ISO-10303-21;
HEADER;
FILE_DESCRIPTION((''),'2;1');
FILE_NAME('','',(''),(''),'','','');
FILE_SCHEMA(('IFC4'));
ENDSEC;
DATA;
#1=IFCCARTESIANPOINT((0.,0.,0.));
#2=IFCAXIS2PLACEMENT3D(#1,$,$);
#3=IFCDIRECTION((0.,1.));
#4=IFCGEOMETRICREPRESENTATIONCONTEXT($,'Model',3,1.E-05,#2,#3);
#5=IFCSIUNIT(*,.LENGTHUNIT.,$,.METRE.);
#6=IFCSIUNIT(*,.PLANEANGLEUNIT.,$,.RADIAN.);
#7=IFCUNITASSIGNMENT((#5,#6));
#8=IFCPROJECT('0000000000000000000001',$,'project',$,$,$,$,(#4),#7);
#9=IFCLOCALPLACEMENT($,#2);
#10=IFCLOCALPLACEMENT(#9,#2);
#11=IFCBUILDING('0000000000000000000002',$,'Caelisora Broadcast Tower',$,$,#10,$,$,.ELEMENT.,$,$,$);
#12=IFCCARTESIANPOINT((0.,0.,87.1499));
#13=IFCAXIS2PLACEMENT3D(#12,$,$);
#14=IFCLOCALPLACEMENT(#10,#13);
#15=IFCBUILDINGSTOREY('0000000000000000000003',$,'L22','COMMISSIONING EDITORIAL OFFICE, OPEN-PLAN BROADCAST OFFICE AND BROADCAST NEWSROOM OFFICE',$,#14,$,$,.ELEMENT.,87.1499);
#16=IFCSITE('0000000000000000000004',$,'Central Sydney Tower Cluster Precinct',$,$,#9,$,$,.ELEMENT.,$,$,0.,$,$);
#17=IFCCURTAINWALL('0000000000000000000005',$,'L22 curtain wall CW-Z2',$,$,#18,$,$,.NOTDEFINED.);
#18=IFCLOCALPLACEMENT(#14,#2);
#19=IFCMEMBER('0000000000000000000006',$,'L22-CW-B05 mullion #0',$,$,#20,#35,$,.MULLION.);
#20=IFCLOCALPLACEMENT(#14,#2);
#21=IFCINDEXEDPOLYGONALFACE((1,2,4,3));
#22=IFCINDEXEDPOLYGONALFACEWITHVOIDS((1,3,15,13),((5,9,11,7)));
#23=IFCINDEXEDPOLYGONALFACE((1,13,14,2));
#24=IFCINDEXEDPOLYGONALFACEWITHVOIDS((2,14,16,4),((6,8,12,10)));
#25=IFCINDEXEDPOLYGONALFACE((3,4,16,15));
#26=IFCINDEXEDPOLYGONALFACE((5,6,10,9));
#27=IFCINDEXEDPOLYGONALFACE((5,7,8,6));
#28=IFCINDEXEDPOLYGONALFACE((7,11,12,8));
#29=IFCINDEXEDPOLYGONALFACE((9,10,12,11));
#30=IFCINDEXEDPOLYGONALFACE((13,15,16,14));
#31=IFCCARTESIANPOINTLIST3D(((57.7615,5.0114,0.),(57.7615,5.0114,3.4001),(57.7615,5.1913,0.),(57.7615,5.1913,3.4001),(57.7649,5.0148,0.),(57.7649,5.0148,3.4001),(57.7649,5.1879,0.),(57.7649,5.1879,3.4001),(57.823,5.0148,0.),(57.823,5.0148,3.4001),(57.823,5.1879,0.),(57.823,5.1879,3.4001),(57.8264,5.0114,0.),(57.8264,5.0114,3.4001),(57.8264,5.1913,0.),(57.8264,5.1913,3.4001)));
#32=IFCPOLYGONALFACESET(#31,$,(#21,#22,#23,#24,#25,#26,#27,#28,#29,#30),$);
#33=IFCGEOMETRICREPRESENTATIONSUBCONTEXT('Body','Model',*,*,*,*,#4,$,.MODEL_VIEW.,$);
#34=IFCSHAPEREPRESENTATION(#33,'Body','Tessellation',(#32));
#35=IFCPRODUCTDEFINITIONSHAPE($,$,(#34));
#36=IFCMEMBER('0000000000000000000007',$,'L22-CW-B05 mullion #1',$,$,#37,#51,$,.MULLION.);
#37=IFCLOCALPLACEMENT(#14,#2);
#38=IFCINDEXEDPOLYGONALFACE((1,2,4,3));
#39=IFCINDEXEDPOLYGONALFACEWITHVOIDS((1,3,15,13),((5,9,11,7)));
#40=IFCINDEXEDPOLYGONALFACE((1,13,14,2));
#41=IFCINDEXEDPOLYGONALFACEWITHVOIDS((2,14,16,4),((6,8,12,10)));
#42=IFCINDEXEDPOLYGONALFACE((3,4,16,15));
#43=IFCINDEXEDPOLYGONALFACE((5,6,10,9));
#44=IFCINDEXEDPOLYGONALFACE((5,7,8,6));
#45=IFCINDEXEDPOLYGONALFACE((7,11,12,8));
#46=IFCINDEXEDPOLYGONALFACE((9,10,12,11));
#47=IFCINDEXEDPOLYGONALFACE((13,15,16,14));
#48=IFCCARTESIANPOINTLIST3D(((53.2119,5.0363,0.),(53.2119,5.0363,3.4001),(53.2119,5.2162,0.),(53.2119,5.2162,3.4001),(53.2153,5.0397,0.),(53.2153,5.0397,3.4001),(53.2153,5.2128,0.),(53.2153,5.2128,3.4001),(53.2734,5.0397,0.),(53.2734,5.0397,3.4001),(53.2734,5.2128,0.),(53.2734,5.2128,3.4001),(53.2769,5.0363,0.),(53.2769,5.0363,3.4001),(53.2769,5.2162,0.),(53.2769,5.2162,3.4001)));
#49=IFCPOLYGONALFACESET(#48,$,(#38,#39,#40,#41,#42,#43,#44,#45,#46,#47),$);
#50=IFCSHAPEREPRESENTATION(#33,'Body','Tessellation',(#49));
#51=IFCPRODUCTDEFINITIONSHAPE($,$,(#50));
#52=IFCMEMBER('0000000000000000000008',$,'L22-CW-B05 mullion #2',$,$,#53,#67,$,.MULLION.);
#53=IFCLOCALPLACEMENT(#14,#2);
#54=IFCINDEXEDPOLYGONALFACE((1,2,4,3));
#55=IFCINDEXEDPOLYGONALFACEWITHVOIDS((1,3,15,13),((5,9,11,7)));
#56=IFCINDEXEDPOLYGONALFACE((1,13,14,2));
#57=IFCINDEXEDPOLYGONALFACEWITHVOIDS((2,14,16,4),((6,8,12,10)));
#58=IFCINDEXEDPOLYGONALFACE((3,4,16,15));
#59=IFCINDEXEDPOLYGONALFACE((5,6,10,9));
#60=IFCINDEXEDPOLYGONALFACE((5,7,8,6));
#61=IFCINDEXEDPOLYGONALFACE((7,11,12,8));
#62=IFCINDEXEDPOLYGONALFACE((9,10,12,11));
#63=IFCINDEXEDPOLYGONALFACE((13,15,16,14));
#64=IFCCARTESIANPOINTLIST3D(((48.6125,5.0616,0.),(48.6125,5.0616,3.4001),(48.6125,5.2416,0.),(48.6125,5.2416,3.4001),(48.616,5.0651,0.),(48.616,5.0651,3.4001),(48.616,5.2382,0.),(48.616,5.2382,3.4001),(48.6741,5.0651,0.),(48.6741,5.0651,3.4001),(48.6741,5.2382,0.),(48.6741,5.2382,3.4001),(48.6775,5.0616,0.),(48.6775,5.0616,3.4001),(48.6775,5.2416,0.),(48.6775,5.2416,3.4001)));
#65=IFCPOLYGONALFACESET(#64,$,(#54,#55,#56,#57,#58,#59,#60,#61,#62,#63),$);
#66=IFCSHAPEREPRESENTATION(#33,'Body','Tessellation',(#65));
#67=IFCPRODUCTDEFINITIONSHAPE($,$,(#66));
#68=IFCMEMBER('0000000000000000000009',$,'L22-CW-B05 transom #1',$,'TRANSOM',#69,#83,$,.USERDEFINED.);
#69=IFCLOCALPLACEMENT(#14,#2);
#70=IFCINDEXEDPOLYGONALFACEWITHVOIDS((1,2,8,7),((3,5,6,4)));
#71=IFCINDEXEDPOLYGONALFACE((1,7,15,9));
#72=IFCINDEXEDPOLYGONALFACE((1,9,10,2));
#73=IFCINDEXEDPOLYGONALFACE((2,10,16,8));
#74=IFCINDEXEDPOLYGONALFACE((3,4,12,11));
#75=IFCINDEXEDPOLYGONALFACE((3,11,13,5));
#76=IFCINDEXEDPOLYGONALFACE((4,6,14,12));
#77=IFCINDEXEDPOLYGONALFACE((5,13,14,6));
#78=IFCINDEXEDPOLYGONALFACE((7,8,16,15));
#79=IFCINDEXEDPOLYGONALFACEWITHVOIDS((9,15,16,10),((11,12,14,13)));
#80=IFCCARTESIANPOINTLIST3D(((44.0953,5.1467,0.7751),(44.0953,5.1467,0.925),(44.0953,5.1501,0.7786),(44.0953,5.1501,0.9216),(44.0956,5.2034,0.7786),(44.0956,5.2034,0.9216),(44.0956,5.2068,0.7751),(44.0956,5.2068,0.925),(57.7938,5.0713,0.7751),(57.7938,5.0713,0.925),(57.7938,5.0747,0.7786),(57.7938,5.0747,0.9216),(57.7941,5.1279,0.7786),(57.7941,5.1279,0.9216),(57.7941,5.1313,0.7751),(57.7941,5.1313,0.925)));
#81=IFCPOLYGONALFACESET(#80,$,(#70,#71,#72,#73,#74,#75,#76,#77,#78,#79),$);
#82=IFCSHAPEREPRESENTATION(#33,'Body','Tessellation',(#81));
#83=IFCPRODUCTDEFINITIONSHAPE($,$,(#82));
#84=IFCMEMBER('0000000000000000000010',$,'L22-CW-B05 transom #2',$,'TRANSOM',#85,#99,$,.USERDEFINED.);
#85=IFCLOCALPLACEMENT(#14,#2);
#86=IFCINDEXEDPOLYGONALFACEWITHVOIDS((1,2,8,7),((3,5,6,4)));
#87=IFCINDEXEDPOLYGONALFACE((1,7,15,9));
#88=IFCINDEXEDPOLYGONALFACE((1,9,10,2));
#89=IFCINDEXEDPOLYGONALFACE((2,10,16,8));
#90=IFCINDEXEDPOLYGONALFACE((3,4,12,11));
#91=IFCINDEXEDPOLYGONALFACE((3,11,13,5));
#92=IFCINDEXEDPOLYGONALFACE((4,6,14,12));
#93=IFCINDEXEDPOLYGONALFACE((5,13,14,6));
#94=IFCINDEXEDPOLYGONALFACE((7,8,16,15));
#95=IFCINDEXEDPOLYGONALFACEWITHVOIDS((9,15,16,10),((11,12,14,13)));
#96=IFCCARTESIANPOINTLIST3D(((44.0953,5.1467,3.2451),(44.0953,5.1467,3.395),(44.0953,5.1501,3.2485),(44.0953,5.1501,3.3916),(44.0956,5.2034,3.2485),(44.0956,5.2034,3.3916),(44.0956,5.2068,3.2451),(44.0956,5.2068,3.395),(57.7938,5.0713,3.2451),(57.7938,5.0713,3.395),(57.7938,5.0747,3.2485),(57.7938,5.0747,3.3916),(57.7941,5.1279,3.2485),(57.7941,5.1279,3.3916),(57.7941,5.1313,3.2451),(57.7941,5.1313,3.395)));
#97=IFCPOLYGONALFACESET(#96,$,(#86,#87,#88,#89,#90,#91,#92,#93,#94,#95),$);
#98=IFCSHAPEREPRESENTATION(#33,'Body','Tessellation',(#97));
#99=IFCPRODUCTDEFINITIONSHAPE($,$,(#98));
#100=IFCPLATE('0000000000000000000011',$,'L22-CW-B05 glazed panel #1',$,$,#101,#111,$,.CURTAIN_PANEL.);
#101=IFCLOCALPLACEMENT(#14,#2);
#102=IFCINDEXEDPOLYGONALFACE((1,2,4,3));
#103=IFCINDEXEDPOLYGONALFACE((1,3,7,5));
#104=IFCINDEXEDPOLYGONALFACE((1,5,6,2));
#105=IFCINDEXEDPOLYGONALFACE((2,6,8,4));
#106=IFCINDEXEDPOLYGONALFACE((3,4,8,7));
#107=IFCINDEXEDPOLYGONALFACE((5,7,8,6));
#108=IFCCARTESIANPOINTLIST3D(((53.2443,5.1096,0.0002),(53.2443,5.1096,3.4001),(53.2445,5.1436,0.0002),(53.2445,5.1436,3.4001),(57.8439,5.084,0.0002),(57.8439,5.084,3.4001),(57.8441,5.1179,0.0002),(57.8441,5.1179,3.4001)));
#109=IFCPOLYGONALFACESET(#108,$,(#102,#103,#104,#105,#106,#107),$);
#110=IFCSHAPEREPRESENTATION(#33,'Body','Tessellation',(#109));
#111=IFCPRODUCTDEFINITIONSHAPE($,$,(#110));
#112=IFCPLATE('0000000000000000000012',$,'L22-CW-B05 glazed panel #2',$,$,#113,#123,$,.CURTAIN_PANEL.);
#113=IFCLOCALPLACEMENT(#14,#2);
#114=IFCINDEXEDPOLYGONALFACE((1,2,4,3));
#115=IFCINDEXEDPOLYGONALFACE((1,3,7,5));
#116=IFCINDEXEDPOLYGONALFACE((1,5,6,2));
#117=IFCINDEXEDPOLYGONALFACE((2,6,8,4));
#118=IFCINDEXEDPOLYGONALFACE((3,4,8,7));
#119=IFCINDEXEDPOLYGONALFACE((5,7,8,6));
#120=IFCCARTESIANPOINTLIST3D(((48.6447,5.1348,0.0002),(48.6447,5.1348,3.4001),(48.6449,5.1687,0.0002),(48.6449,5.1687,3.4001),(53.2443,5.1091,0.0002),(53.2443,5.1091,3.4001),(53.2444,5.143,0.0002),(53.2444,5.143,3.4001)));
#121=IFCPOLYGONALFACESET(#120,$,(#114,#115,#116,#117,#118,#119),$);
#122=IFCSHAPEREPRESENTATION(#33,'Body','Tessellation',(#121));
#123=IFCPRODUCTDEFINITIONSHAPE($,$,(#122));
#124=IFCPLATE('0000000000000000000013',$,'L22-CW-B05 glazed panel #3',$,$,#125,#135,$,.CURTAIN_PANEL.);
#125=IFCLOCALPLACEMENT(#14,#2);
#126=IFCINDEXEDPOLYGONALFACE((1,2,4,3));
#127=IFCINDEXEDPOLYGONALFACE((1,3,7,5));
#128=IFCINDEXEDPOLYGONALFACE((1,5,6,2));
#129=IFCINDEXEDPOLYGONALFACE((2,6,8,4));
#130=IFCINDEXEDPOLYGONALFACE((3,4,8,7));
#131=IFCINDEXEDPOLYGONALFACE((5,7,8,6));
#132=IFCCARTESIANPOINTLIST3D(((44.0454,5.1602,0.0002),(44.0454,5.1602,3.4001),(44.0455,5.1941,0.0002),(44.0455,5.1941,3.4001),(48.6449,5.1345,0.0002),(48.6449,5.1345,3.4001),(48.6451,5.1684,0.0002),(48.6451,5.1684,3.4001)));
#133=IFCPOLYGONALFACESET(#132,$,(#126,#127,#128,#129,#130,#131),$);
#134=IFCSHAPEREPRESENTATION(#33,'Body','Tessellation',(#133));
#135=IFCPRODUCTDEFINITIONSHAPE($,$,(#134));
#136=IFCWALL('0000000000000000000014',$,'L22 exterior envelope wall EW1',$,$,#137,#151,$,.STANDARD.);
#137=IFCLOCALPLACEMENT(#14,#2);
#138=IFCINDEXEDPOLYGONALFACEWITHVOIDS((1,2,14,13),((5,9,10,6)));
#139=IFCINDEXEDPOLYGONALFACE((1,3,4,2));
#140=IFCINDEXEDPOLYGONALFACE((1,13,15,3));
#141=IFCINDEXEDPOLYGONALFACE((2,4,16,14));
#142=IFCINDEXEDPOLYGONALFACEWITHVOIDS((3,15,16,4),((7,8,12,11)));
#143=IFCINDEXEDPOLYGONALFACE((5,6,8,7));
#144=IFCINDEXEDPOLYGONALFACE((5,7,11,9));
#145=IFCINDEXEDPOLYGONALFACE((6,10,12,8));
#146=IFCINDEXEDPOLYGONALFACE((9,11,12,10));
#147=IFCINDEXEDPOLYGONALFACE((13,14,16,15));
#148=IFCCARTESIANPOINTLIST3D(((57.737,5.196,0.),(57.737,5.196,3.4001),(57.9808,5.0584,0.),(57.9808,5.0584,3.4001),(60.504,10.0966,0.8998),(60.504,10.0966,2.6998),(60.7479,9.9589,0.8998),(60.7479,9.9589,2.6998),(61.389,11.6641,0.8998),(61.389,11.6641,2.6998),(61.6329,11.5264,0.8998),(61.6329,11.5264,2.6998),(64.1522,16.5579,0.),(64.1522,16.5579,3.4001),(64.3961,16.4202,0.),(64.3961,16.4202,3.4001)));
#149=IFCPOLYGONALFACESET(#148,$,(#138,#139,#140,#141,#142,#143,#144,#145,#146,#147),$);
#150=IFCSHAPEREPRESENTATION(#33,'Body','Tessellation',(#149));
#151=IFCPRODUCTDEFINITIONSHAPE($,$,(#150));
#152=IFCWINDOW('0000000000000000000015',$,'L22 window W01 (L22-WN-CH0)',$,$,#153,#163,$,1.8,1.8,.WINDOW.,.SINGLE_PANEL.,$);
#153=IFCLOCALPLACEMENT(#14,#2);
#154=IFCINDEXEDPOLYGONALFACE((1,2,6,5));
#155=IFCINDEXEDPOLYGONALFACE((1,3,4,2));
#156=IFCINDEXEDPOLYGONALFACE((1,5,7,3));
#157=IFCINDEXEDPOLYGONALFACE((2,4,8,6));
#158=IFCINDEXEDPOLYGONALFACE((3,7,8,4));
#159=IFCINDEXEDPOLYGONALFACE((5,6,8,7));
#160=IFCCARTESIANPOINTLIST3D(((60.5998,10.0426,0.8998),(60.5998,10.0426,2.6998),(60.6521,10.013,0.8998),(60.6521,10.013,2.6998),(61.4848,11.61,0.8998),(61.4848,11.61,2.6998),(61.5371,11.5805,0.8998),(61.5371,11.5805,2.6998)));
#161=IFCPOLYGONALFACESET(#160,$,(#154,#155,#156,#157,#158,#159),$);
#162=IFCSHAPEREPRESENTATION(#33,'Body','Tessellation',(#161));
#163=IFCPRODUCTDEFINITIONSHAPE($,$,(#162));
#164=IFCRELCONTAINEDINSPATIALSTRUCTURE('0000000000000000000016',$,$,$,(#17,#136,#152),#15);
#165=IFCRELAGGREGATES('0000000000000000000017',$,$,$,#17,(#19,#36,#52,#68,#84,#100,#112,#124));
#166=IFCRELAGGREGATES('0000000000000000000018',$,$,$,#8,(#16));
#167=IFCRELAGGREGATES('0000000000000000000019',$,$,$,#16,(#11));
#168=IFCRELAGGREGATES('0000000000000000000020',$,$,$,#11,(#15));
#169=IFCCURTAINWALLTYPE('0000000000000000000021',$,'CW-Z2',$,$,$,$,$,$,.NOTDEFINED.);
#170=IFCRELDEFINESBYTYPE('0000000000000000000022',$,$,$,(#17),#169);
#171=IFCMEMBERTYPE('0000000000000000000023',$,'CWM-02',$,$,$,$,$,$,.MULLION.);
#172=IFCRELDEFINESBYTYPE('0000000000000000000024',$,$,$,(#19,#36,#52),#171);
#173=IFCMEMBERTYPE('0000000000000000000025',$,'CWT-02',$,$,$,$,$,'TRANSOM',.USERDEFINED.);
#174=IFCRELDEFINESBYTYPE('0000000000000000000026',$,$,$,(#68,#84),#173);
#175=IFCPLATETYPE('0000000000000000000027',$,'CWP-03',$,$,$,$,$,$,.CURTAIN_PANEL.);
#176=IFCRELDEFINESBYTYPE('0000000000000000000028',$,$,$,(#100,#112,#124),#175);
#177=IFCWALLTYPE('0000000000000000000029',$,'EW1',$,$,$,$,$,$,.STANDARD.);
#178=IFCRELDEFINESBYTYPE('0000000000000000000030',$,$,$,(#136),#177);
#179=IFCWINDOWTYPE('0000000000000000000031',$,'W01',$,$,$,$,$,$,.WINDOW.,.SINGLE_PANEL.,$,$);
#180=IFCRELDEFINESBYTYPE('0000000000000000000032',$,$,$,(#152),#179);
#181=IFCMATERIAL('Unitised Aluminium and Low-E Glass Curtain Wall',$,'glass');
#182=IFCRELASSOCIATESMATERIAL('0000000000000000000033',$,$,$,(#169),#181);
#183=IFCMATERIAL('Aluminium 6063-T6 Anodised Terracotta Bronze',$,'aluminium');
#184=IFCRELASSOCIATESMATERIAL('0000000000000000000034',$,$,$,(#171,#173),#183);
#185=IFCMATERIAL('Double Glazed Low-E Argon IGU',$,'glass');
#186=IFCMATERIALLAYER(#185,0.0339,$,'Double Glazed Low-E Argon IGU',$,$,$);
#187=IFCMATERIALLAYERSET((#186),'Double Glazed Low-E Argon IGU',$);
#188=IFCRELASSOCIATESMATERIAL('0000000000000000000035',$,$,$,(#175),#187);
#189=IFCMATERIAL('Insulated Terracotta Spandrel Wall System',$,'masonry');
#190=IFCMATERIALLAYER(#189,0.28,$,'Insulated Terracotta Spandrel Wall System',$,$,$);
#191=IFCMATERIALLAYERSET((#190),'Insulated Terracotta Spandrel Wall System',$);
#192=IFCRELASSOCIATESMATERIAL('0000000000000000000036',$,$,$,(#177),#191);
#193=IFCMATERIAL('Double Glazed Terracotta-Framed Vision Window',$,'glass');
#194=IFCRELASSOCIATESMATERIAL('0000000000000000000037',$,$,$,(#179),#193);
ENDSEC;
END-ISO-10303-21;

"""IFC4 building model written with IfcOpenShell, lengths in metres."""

from ifc_helpers import new_model, si_unit, direction, frame, frame_2d, origin, origin_2d, place, context, subcontext, project, spatial, rectangle, hollow_rectangle, extrude, source, transform, mapped, material, layer, layer_set, material_profile, profile_set, type_object, type_shapes, element, fill, aggregate, save


model = new_model("IFC4")

# Units and contexts
model_context = context("Model", 3, precision=1e-05, world=origin(), true_north=direction((0.0, 1.0)))
body_context = subcontext(model_context, "Body", "Model", "MODEL_VIEW")
ifc_project = project(units=[si_unit("LENGTHUNIT", "METRE"), si_unit("PLANEANGLEUNIT", "RADIAN")], contexts=[model_context])

# Site, building, storey
site_placement = place(None, origin())
site = spatial("IfcSite", under=ifc_project, at=site_placement, Name="Central Sydney Tower Cluster Precinct", CompositionType="ELEMENT", RefElevation=0.0)
building_placement = place(site_placement, origin())
building = spatial("IfcBuilding", under=site, at=building_placement, Name="Caelisora Broadcast Tower", CompositionType="ELEMENT")
storey_placement = place(building_placement, frame((0.0, 0.0, 87.1499)))
storey = spatial("IfcBuildingStorey", under=building, at=storey_placement, Name="L22", Description="COMMISSIONING EDITORIAL OFFICE, OPEN-PLAN BROADCAST OFFICE AND BROADCAST NEWSROOM OFFICE", CompositionType="ELEMENT", Elevation=87.1499)

# Shared definitions
ifc_material_1 = material(Name="Unitised Aluminium and Low-E Glass Curtain Wall", Category="glass")
curtain_wall_type = type_object("IfcCurtainWallType", Name="CW-Z2", PredefinedType="NOTDEFINED", material=ifc_material_1)
ifc_material_2 = material(Name="Aluminium 6063-T6 Anodised Terracotta Bronze", Category="aluminium")
ifc_material_profile_1 = material_profile(ifc_material_2, hollow_rectangle(XDim=0.0649, YDim=0.1799, WallThickness=0.0034, at=origin_2d()), Name="Aluminium 6063-T6 Anodised Terracotta Bronze")
ifc_profile_set_1 = profile_set([ifc_material_profile_1], Name="Aluminium 6063-T6 Anodised Terracotta Bronze")
member_type_1 = type_object("IfcMemberType", Name="CWM-02", PredefinedType="MULLION", material=ifc_profile_set_1)
shared_shape_1 = source(origin(), body_context, "Body", "SweptSolid", [
    extrude(hollow_rectangle(XDim=0.0649, YDim=0.1799, WallThickness=0.0034, at=origin_2d()), origin(), (0.0, 0.0, 1.0), 3.4001),
])
type_shapes(member_type_1, [shared_shape_1])

# Curtain wall, members, plates
curtain_wall_1_placement = place(storey_placement, origin())
curtain_wall_1 = element("IfcCurtainWall", 1, at=curtain_wall_1_placement, inside=storey, type_object=curtain_wall_type, Name="L22 curtain wall CW-Z2", PredefinedType="NOTDEFINED")
member_1_placement = place(storey_placement, frame((57.7939, 5.1013, 0.0), z_axis=(0.0, 0.0, 1.0), x_axis=(1.0, 0.0, 0.0)))
member_1 = element("IfcMember", 2, at=member_1_placement, type_object=member_type_1, Name="L22-CW-B05 mullion #0", PredefinedType="MULLION", context=body_context, shape_type="MappedRepresentation", body=[
    mapped(shared_shape_1, transform((0.0, 0.0, 0.0), scale=1.0)),
])
member_2_placement = place(storey_placement, frame((53.2444, 5.1262, 0.0), z_axis=(0.0, 0.0, 1.0), x_axis=(1.0, 0.0, 0.0)))
member_2 = element("IfcMember", 3, at=member_2_placement, type_object=member_type_1, Name="L22-CW-B05 mullion #1", PredefinedType="MULLION", context=body_context, shape_type="MappedRepresentation", body=[
    mapped(shared_shape_1, transform((0.0, 0.0, 0.0), scale=1.0)),
])
member_3_placement = place(storey_placement, frame((48.645, 5.1516, 0.0), z_axis=(0.0, 0.0, 1.0), x_axis=(1.0, 0.0, 0.0)))
member_3 = element("IfcMember", 4, at=member_3_placement, type_object=member_type_1, Name="L22-CW-B05 mullion #2", PredefinedType="MULLION", context=body_context, shape_type="MappedRepresentation", body=[
    mapped(shared_shape_1, transform((0.0, 0.0, 0.0), scale=1.0)),
])
ifc_material_profile_2 = material_profile(ifc_material_2, hollow_rectangle(XDim=0.0601, YDim=0.1499, WallThickness=0.0034, at=origin_2d()), Name="Aluminium 6063-T6 Anodised Terracotta Bronze")
ifc_profile_set_2 = profile_set([ifc_material_profile_2], Name="Aluminium 6063-T6 Anodised Terracotta Bronze")
member_type_2 = type_object("IfcMemberType", Name="CWT-02", ElementType="TRANSOM", PredefinedType="USERDEFINED", material=ifc_profile_set_2)
shared_shape_2 = source(origin(), body_context, "Body", "SweptSolid", [
    extrude(hollow_rectangle(XDim=0.0601, YDim=0.1499, WallThickness=0.0034, at=origin_2d()), origin(), (0.0, 0.0, 1.0), 13.6987),
])
type_shapes(member_type_2, [shared_shape_2])
member_4_placement = place(storey_placement, frame((57.7939, 5.1013, 0.8501), z_axis=(-0.999985, 0.005507, 0.0), x_axis=(-0.005507, -0.999985, 0.0)))
member_4 = element("IfcMember", 5, at=member_4_placement, type_object=member_type_2, Name="L22-CW-B05 transom #1", ObjectType="TRANSOM", PredefinedType="USERDEFINED", context=body_context, shape_type="MappedRepresentation", body=[
    mapped(shared_shape_2, transform((0.0, 0.0, 0.0), scale=1.0)),
])
member_5_placement = place(storey_placement, frame((57.7939, 5.1013, 3.3201), z_axis=(-0.999985, 0.005507, 0.0), x_axis=(-0.005507, -0.999985, 0.0)))
member_5 = element("IfcMember", 6, at=member_5_placement, type_object=member_type_2, Name="L22-CW-B05 transom #2", ObjectType="TRANSOM", PredefinedType="USERDEFINED", context=body_context, shape_type="MappedRepresentation", body=[
    mapped(shared_shape_2, transform((0.0, 0.0, 0.0), scale=1.0)),
])
ifc_material_3 = material(Name="Double Glazed Low-E Argon IGU", Category="glass")
ifc_layer_1 = layer(ifc_material_3, 0.0339, Name="Double Glazed Low-E Argon IGU")
ifc_layer_set_1 = layer_set([ifc_layer_1], Name="Double Glazed Low-E Argon IGU")
plate_type = type_object("IfcPlateType", Name="CWP-03", PredefinedType="CURTAIN_PANEL", material=ifc_layer_set_1)
shared_shape_3 = source(origin(), body_context, "Body", "SweptSolid", [
    extrude(rectangle(XDim=4.5996, YDim=0.0339, at=origin_2d()), origin(), (0.0, 0.0, 1.0), 3.3999),
])
type_shapes(plate_type, [shared_shape_3])
plate_1_placement = place(storey_placement, frame((55.5442, 5.1138, 0.0002), z_axis=(0.0, 0.0, 1.0), x_axis=(-0.999984, 0.005585, 0.0)))
plate_1 = element("IfcPlate", 7, at=plate_1_placement, type_object=plate_type, Name="L22-CW-B05 glazed panel #1", PredefinedType="CURTAIN_PANEL", context=body_context, shape_type="MappedRepresentation", body=[
    mapped(shared_shape_3, transform((0.0, 0.0, 0.0), scale=1.0)),
])
plate_2_placement = place(storey_placement, frame((50.9446, 5.1389, 0.0002), z_axis=(0.0, 0.0, 1.0), x_axis=(-0.999984, 0.005585, 0.0)))
plate_2 = element("IfcPlate", 8, at=plate_2_placement, type_object=plate_type, Name="L22-CW-B05 glazed panel #2", PredefinedType="CURTAIN_PANEL", context=body_context, shape_type="MappedRepresentation", body=[
    mapped(shared_shape_3, transform((0.0, 0.0, 0.0), scale=1.0)),
])
plate_3_placement = place(storey_placement, frame((46.3452, 5.1643, 0.0002), z_axis=(0.0, 0.0, 1.0), x_axis=(-0.999984, 0.005585, 0.0)))
plate_3 = element("IfcPlate", 9, at=plate_3_placement, type_object=plate_type, Name="L22-CW-B05 glazed panel #3", PredefinedType="CURTAIN_PANEL", context=body_context, shape_type="MappedRepresentation", body=[
    mapped(shared_shape_3, transform((0.0, 0.0, 0.0), scale=1.0)),
])
aggregate(curtain_wall_1, [member_1, member_2, member_3, member_4, member_5, plate_1, plate_2, plate_3])

# Wall, opening, window
ifc_material_4 = material(Name="Insulated Terracotta Spandrel Wall System", Category="masonry")
ifc_layer_2 = layer(ifc_material_4, 0.28, Name="Insulated Terracotta Spandrel Wall System")
ifc_layer_set_2 = layer_set([ifc_layer_2], Name="Insulated Terracotta Spandrel Wall System")
wall_type_1 = type_object("IfcWallType", Name="EW1", PredefinedType="STANDARD", material=ifc_layer_set_2)
wall_1_placement = place(storey_placement, frame((64.2742, 16.489, 0.0), z_axis=(0.0, 0.0, 1.0), x_axis=(-0.491673, -0.87078, 0.0)))
wall_1 = element("IfcWall", 10, at=wall_1_placement, inside=storey, type_object=wall_type_1, Name="L22 exterior envelope wall EW1", PredefinedType="STANDARD", context=body_context, shape_type="SweptSolid", body=[
    extrude(rectangle(XDim=13.0479, YDim=0.28, at=frame_2d((6.5239, 0.0))), origin(), (0.0, 0.0, 1.0), 3.4001),
])
opening_1_placement = place(wall_1_placement, frame((5.6201, 0.0, 0.8999)))
opening_1 = element("IfcOpeningElement", 11, at=opening_1_placement, cuts=wall_1, PredefinedType="OPENING", context=body_context, shape_type="SweptSolid", body=[
    extrude(rectangle(XDim=1.8, YDim=1.8, at=frame_2d((0.8999, 0.8999))), frame((0.0, 0.1521, 0.0), z_axis=(0.0, -1.0, 0.0), x_axis=(1.0, 0.0, 0.0)), (0.0, 0.0, 1.0), 0.304),
])
ifc_material_5 = material(Name="Double Glazed Terracotta-Framed Vision Window", Category="glass")
window_type = type_object("IfcWindowType", Name="W01", PartitioningType="SINGLE_PANEL", PredefinedType="WINDOW", material=ifc_material_5)
window_placement = place(opening_1_placement, origin())
window = element("IfcWindow", 12, at=window_placement, inside=storey, type_object=window_type, Name="L22 window W01 (L22-WN-CH0)", OverallHeight=1.8, OverallWidth=1.8, PartitioningType="SINGLE_PANEL", PredefinedType="WINDOW", context=body_context, shape_type="SweptSolid", body=[
    extrude(rectangle(XDim=1.8, YDim=1.8, at=frame_2d((0.8999, 0.8999))), frame((0.0, 0.03, 0.0), z_axis=(0.0, -1.0, 0.0), x_axis=(1.0, 0.0, 0.0)), (0.0, 0.0, 1.0), 0.0601),
])
fill(opening_1, window)

save(model, "model.ifc")
